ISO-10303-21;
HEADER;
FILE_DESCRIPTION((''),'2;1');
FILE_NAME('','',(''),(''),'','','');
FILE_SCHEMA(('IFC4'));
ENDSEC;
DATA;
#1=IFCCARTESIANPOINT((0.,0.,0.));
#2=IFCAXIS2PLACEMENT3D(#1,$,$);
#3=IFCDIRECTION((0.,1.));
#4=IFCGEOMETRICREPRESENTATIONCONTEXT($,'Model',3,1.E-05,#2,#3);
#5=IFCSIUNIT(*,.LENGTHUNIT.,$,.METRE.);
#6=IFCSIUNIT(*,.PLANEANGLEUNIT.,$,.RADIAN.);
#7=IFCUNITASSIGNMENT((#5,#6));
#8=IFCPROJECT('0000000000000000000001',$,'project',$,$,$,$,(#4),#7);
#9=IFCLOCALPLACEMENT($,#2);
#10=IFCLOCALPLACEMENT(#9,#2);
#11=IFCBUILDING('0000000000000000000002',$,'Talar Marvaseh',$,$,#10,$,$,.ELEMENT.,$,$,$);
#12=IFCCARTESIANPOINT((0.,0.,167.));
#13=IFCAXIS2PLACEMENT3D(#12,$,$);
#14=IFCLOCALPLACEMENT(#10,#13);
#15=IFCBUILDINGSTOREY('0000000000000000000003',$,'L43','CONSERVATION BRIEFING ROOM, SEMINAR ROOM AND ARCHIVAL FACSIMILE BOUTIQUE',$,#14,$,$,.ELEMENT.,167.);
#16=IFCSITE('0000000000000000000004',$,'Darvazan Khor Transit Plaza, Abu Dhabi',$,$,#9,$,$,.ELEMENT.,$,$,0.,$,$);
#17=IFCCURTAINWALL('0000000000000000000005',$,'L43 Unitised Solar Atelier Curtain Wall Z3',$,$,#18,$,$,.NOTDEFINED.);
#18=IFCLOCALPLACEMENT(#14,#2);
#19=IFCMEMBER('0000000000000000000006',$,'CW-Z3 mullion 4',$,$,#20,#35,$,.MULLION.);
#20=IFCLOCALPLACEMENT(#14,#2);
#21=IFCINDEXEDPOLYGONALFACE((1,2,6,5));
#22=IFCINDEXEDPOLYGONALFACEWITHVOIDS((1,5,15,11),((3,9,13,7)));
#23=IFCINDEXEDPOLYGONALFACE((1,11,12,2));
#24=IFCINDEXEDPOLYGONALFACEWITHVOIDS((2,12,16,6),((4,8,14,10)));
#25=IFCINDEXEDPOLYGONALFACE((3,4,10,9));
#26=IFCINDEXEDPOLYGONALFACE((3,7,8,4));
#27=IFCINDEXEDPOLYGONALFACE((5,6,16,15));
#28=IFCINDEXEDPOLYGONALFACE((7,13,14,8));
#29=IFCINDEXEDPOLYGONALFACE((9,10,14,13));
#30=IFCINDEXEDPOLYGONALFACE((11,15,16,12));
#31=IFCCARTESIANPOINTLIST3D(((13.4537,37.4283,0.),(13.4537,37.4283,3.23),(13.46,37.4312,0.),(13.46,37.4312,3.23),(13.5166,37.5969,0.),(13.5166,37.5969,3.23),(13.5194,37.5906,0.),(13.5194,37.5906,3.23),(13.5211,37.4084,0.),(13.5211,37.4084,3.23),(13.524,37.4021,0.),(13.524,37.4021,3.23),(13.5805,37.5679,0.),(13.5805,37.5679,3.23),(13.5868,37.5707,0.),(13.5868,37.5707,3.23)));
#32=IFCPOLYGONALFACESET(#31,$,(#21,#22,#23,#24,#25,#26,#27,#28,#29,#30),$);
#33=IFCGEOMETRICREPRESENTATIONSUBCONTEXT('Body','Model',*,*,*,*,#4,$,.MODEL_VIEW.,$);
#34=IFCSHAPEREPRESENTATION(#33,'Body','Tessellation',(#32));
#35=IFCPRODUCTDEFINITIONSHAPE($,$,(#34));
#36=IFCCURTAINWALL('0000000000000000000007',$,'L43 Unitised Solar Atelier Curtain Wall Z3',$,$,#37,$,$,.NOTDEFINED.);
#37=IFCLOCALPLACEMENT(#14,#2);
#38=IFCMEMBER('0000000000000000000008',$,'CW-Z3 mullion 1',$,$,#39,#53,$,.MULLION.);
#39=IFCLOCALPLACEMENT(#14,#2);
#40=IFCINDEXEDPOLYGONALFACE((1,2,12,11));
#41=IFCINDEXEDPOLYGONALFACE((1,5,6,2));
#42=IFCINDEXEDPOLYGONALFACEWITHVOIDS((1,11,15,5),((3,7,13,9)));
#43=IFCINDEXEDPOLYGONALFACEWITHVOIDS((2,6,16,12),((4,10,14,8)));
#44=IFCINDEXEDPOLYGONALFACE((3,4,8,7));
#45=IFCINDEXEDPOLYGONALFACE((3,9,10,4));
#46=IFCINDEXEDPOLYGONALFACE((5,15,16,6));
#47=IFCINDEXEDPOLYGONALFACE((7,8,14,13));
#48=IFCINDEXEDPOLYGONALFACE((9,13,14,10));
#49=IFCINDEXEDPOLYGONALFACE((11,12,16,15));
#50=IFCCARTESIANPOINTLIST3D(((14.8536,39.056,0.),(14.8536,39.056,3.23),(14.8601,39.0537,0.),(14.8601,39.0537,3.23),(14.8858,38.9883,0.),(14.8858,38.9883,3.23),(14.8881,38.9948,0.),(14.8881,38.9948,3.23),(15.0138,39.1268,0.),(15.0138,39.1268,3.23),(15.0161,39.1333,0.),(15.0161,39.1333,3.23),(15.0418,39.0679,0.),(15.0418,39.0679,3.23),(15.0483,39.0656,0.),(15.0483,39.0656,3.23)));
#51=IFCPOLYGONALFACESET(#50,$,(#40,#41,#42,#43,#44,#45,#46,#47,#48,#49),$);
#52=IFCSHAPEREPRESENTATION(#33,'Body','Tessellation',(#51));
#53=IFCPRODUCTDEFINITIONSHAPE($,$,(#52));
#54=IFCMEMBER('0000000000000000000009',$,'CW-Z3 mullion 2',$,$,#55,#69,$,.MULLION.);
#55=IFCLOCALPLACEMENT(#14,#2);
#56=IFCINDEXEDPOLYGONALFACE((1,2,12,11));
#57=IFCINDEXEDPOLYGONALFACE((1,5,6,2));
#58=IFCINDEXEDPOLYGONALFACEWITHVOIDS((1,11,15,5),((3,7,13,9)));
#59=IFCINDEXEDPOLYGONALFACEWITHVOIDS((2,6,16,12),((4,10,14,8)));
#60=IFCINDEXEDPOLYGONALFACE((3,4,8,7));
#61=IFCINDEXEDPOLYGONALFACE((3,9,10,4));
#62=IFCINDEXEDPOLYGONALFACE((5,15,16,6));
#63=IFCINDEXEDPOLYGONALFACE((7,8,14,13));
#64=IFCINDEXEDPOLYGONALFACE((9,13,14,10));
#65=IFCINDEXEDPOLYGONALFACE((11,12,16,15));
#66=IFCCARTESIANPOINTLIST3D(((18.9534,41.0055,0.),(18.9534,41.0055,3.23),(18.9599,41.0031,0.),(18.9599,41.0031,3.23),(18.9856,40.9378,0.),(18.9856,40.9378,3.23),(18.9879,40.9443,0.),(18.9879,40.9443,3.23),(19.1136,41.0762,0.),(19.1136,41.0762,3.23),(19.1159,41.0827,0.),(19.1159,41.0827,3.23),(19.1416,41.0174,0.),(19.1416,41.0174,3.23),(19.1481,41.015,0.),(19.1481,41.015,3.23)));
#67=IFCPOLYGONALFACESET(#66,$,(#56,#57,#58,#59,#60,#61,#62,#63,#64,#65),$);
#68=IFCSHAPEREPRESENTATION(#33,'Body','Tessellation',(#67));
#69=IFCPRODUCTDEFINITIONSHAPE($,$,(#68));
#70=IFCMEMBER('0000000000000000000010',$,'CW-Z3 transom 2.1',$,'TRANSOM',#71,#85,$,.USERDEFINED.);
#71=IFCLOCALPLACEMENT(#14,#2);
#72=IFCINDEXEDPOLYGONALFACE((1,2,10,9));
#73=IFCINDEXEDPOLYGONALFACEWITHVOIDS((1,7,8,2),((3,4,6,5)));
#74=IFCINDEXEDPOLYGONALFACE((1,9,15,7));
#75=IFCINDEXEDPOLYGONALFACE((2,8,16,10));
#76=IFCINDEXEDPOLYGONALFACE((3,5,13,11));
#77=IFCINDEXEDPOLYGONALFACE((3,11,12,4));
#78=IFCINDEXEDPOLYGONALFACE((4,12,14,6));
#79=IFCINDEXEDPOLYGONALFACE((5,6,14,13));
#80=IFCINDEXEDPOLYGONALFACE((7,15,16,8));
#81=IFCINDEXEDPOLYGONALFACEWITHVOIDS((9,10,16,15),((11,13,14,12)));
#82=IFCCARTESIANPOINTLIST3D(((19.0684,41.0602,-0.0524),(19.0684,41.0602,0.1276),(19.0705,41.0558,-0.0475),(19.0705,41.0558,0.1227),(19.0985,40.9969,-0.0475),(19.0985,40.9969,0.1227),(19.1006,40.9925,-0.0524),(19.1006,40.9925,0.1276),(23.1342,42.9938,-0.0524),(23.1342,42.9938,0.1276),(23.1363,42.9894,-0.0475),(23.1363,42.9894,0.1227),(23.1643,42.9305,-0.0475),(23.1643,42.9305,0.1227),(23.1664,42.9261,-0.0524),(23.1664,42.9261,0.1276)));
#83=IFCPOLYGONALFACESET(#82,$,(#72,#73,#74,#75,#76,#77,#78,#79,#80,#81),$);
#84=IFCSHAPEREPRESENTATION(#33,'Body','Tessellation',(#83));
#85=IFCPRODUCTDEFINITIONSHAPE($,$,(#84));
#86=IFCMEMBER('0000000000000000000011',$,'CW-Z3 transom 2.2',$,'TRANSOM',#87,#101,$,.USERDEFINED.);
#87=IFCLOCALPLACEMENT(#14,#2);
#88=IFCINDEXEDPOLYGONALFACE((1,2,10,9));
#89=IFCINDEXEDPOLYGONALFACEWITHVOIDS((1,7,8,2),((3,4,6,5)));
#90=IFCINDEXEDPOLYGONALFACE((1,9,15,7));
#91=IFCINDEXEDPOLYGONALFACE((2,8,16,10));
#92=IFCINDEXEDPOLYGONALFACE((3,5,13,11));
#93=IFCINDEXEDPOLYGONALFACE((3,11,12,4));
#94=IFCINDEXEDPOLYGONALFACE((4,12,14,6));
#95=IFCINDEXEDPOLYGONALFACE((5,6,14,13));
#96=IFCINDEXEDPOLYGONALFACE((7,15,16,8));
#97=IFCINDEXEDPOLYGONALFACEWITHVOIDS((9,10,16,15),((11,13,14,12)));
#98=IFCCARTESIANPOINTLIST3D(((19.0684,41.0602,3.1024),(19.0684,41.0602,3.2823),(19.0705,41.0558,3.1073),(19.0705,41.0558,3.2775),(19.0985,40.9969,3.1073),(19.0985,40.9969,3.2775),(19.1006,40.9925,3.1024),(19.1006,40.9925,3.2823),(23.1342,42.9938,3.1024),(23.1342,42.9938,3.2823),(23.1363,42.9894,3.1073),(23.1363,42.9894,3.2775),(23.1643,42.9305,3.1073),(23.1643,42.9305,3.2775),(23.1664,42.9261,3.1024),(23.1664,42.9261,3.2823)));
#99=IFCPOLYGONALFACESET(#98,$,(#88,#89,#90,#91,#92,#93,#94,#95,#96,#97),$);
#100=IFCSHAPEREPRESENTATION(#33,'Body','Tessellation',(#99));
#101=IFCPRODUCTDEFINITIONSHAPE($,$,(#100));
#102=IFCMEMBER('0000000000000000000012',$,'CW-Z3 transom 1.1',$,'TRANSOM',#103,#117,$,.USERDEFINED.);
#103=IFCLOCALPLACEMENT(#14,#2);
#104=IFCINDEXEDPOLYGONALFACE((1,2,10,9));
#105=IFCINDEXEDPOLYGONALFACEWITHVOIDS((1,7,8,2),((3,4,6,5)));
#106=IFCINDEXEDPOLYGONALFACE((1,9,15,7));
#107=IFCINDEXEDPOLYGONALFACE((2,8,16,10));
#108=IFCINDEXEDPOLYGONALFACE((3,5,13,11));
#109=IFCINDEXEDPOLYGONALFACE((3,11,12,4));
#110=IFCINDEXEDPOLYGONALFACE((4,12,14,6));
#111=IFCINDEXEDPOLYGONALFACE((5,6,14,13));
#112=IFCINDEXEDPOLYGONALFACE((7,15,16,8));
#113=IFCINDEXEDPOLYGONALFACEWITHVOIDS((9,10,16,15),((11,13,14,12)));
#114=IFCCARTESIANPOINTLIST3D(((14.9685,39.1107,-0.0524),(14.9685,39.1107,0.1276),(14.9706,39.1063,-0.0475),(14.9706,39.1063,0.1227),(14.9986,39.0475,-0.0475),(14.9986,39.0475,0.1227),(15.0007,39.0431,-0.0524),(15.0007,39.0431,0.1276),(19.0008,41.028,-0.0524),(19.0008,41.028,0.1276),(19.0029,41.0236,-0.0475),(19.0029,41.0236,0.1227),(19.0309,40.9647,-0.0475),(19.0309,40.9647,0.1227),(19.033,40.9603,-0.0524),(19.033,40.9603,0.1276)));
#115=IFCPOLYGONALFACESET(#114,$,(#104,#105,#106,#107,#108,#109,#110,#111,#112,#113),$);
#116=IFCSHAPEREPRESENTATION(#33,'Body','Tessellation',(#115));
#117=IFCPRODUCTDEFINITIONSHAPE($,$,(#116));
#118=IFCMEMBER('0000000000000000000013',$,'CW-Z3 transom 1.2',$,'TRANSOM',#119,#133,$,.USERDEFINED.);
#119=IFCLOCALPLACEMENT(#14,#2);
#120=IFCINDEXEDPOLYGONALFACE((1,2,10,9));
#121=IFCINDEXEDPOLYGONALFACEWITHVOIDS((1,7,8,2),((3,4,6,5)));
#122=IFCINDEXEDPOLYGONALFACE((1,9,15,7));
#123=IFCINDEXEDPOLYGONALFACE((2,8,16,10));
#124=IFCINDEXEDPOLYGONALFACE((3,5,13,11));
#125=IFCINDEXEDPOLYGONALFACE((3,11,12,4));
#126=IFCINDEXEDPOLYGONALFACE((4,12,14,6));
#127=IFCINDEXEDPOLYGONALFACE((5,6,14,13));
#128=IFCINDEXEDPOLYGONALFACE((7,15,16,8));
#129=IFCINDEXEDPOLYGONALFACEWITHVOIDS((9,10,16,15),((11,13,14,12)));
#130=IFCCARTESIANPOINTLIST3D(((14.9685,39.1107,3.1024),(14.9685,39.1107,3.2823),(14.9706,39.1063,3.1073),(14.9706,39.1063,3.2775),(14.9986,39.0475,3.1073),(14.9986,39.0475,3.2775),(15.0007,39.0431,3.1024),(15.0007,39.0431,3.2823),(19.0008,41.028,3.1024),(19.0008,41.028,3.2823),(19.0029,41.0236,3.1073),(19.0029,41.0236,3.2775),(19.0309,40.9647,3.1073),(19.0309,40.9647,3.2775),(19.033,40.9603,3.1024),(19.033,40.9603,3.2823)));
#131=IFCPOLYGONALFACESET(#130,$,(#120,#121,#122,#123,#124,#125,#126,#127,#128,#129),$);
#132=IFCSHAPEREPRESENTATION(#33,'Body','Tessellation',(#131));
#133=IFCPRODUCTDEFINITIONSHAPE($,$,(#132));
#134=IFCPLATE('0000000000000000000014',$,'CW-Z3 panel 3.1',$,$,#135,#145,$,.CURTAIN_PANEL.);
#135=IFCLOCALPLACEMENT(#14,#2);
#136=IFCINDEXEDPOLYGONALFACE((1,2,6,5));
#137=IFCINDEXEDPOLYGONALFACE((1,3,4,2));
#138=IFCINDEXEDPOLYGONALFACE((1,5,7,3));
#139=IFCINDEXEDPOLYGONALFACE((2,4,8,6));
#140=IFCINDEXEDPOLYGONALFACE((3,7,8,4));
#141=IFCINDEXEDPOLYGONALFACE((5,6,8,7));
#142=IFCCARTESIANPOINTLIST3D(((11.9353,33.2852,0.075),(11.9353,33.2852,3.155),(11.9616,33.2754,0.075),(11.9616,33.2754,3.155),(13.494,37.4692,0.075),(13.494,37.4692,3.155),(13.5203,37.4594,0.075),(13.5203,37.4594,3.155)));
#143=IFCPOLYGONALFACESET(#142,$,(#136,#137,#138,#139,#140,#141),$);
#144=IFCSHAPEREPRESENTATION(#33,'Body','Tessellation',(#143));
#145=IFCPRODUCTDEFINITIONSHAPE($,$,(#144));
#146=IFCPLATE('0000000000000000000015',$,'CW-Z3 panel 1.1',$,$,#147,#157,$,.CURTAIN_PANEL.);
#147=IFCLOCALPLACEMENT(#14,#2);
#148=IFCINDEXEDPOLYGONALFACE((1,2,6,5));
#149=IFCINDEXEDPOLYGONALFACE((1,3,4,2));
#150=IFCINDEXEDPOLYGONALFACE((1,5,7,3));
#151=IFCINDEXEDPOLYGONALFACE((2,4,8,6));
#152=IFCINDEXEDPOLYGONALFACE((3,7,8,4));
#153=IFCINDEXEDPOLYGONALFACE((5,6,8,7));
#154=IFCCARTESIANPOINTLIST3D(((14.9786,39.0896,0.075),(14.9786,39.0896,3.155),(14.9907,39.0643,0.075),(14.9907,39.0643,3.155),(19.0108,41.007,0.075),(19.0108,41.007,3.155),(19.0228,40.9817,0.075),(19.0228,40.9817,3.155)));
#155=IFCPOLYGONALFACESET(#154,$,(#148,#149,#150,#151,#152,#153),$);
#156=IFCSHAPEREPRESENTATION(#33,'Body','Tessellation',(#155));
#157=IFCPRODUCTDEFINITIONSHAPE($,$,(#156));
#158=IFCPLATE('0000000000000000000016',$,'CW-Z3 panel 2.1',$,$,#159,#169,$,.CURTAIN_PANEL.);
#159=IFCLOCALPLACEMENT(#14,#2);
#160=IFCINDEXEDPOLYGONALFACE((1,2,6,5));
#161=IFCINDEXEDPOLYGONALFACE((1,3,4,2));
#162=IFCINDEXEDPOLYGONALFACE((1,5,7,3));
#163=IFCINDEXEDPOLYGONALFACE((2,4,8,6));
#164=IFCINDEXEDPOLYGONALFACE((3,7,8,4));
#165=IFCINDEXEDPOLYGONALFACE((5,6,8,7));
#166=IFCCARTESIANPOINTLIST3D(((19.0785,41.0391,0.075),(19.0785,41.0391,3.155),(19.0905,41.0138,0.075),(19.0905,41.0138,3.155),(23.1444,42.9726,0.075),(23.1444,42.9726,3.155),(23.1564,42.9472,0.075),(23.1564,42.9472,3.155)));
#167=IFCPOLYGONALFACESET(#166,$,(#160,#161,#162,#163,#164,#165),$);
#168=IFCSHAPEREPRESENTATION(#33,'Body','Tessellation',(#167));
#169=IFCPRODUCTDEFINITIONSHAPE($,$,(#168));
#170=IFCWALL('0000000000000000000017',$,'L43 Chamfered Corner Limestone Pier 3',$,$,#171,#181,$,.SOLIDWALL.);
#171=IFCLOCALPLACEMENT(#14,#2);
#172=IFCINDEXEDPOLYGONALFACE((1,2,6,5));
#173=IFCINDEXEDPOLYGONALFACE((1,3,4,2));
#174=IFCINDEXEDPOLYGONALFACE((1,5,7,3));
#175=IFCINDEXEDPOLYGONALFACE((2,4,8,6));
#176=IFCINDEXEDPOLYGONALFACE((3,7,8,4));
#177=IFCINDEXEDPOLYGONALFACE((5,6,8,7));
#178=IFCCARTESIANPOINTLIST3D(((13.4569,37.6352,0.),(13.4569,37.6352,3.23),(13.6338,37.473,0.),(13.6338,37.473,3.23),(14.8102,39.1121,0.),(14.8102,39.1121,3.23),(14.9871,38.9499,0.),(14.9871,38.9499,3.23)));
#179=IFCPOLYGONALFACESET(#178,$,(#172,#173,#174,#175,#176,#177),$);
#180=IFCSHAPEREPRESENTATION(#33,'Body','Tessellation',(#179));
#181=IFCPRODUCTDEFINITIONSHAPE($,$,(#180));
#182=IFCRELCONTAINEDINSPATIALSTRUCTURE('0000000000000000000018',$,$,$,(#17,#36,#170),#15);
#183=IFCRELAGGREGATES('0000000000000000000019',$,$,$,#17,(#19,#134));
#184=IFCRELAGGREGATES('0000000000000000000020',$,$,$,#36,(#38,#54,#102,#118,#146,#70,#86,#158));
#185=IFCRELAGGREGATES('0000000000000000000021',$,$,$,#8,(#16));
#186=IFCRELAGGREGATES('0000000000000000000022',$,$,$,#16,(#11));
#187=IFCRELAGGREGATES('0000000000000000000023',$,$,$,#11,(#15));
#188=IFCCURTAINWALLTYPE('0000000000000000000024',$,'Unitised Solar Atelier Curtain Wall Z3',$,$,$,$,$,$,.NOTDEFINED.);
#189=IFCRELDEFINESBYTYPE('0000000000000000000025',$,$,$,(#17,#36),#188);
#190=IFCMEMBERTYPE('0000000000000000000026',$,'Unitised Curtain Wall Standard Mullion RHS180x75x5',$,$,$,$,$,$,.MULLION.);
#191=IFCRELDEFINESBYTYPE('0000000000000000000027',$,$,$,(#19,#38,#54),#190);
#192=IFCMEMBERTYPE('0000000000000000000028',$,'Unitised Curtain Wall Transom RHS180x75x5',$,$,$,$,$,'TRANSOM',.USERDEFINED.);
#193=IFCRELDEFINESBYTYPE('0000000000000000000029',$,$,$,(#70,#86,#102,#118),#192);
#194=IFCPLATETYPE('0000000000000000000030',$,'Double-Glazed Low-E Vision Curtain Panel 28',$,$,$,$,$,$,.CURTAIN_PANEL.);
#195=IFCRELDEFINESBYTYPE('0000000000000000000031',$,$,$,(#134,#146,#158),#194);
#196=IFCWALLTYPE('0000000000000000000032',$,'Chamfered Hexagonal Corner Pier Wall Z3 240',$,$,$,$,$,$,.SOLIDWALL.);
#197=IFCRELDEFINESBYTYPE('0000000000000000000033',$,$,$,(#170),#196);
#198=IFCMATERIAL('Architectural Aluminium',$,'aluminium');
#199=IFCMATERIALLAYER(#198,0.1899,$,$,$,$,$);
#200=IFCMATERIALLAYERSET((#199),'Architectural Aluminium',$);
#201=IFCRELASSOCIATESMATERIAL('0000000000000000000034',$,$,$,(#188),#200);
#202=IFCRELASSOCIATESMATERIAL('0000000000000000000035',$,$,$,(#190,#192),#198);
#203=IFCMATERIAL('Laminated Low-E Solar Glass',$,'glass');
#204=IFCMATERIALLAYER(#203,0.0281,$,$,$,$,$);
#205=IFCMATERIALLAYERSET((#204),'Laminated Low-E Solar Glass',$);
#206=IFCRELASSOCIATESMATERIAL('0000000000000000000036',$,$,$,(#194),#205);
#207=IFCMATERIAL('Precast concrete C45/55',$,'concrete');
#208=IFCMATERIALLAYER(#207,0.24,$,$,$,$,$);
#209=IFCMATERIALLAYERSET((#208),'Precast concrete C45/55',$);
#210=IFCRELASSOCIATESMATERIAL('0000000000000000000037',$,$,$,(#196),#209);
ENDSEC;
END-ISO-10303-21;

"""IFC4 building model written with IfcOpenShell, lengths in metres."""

from ifc_helpers import new_model, si_unit, direction, frame, frame_2d, origin, origin_2d, place, context, subcontext, project, spatial, rectangle, hollow_rectangle, extrude, source, transform, mapped, material, layer, layer_set, material_profile, profile_set, type_object, type_shapes, element, aggregate, save


model = new_model("IFC4")

# Units and contexts
model_context = context("Model", 3, precision=1e-05, world=origin(), true_north=direction((0.0, 1.0)))
body_context = subcontext(model_context, "Body", "Model", "MODEL_VIEW")
ifc_project = project(units=[si_unit("LENGTHUNIT", "METRE"), si_unit("PLANEANGLEUNIT", "RADIAN")], contexts=[model_context])

# Site, building, storey
site_placement = place(None, origin())
site = spatial("IfcSite", under=ifc_project, at=site_placement, Name="Darvazan Khor Transit Plaza, Abu Dhabi", CompositionType="ELEMENT", RefElevation=0.0)
building_placement = place(site_placement, origin())
building = spatial("IfcBuilding", under=site, at=building_placement, Name="Talar Marvaseh", CompositionType="ELEMENT")
storey_placement = place(building_placement, frame((0.0, 0.0, 167.0)))
storey = spatial("IfcBuildingStorey", under=building, at=storey_placement, Name="L43", Description="CONSERVATION BRIEFING ROOM, SEMINAR ROOM AND ARCHIVAL FACSIMILE BOUTIQUE", CompositionType="ELEMENT", Elevation=167.0)

# Curtain wall, member
ifc_material_1 = material(Name="Architectural Aluminium", Category="aluminium")
ifc_layer_1 = layer(ifc_material_1, 0.1899)
ifc_layer_set_1 = layer_set([ifc_layer_1], Name="Architectural Aluminium")
curtain_wall_type = type_object("IfcCurtainWallType", Name="Unitised Solar Atelier Curtain Wall Z3", PredefinedType="NOTDEFINED", material=ifc_layer_set_1)
curtain_wall_1_placement = place(storey_placement, origin())
curtain_wall_1 = element("IfcCurtainWall", 1, at=curtain_wall_1_placement, inside=storey, type_object=curtain_wall_type, Name="L43 Unitised Solar Atelier Curtain Wall Z3", PredefinedType="NOTDEFINED")
ifc_material_profile_1 = material_profile(ifc_material_1, hollow_rectangle(XDim=0.075, YDim=0.1799, WallThickness=0.0049, at=origin_2d()), Name="RHS180x75x5")
ifc_profile_set_1 = profile_set([ifc_material_profile_1], Name="Architectural Aluminium")
member_type_1 = type_object("IfcMemberType", Name="Unitised Curtain Wall Standard Mullion RHS180x75x5", PredefinedType="MULLION", material=ifc_profile_set_1)
shared_shape_1 = source(origin(), body_context, "Body", "SweptSolid", [
    extrude(hollow_rectangle(XDim=0.075, YDim=0.1799, WallThickness=0.0049, at=origin_2d()), origin(), (0.0, 0.0, 1.0), 3.23),
])
type_shapes(member_type_1, [shared_shape_1])
member_1_placement = place(storey_placement, frame((13.5203, 37.4995, 0.0), z_axis=(0.0, 0.0, 1.0), x_axis=(-0.937087, 0.349097, 0.0)))
member_1 = element("IfcMember", 2, at=member_1_placement, type_object=member_type_1, Name="CW-Z3 mullion 4", PredefinedType="MULLION", context=body_context, shape_type="MappedRepresentation", body=[
    mapped(shared_shape_1, transform((0.0, 0.0, 0.0), x_axis=(1.0, 0.0, 0.0), y_axis=(0.0, 1.0, 0.0), z_axis=(0.0, 0.0, 1.0), scale=1.0)),
])

# Curtain wall, members
curtain_wall_2_placement = place(storey_placement, origin())
curtain_wall_2 = element("IfcCurtainWall", 3, at=curtain_wall_2_placement, inside=storey, type_object=curtain_wall_type, Name="L43 Unitised Solar Atelier Curtain Wall Z3", PredefinedType="NOTDEFINED")
member_2_placement = place(storey_placement, frame((14.9509, 39.0608, 0.0), z_axis=(0.0, 0.0, 1.0), x_axis=(-0.429444, 0.903093, 0.0)))
member_2 = element("IfcMember", 4, at=member_2_placement, type_object=member_type_1, Name="CW-Z3 mullion 1", PredefinedType="MULLION", context=body_context, shape_type="MappedRepresentation", body=[
    mapped(shared_shape_1, transform((0.0, 0.0, 0.0), x_axis=(1.0, 0.0, 0.0), y_axis=(0.0, 1.0, 0.0), z_axis=(0.0, 0.0, 1.0), scale=1.0)),
])
member_3_placement = place(storey_placement, frame((19.0508, 41.0103, 0.0), z_axis=(0.0, 0.0, 1.0), x_axis=(-0.429444, 0.903093, 0.0)))
member_3 = element("IfcMember", 5, at=member_3_placement, type_object=member_type_1, Name="CW-Z3 mullion 2", PredefinedType="MULLION", context=body_context, shape_type="MappedRepresentation", body=[
    mapped(shared_shape_1, transform((0.0, 0.0, 0.0), x_axis=(1.0, 0.0, 0.0), y_axis=(0.0, 1.0, 0.0), z_axis=(0.0, 0.0, 1.0), scale=1.0)),
])
ifc_material_profile_2 = material_profile(ifc_material_1, hollow_rectangle(XDim=0.075, YDim=0.1799, WallThickness=0.0049, at=origin_2d()), Name="RHS180x75x5")
ifc_profile_set_2 = profile_set([ifc_material_profile_2], Name="Architectural Aluminium")
member_type_2 = type_object("IfcMemberType", Name="Unitised Curtain Wall Transom RHS180x75x5", ElementType="TRANSOM", PredefinedType="USERDEFINED", material=ifc_profile_set_2)
shared_shape_2 = source(origin(), body_context, "Body", "SweptSolid", [
    extrude(hollow_rectangle(XDim=0.075, YDim=0.1799, WallThickness=0.0049, at=origin_2d()), origin(), (0.0, 0.0, 1.0), 4.5022),
])
member_4_placement = place(storey_placement, frame((19.0845, 41.0264, 0.0376), z_axis=(0.903081, 0.42947, 0.0), x_axis=(-0.42947, 0.903081, 0.0)))
member_4 = element("IfcMember", 6, at=member_4_placement, type_object=member_type_2, Name="CW-Z3 transom 2.1", ObjectType="TRANSOM", PredefinedType="USERDEFINED", context=body_context, shape_type="MappedRepresentation", body=[
    mapped(shared_shape_2, transform((0.0, 0.0, 0.0), x_axis=(1.0, 0.0, 0.0), y_axis=(0.0, 1.0, 0.0), z_axis=(0.0, 0.0, 1.0), scale=1.0)),
])
member_5_placement = place(storey_placement, frame((19.0845, 41.0264, 3.1924), z_axis=(0.903081, 0.42947, 0.0), x_axis=(-0.42947, 0.903081, 0.0)))
member_5 = element("IfcMember", 7, at=member_5_placement, type_object=member_type_2, Name="CW-Z3 transom 2.2", ObjectType="TRANSOM", PredefinedType="USERDEFINED", context=body_context, shape_type="MappedRepresentation", body=[
    mapped(shared_shape_2, transform((0.0, 0.0, 0.0), x_axis=(1.0, 0.0, 0.0), y_axis=(0.0, 1.0, 0.0), z_axis=(0.0, 0.0, 1.0), scale=1.0)),
])
shared_shape_3 = source(origin(), body_context, "Body", "SweptSolid", [
    extrude(hollow_rectangle(XDim=0.075, YDim=0.1799, WallThickness=0.0049, at=origin_2d()), origin(), (0.0, 0.0, 1.0), 4.4648),
])
type_shapes(member_type_2, [shared_shape_2, shared_shape_3])
member_6_placement = place(storey_placement, frame((14.9846, 39.0769, 0.0376), z_axis=(0.90311, 0.429409, 0.0), x_axis=(-0.429409, 0.90311, 0.0)))
member_6 = element("IfcMember", 8, at=member_6_placement, type_object=member_type_2, Name="CW-Z3 transom 1.1", ObjectType="TRANSOM", PredefinedType="USERDEFINED", context=body_context, shape_type="MappedRepresentation", body=[
    mapped(shared_shape_3, transform((0.0, 0.0, 0.0), x_axis=(1.0, 0.0, 0.0), y_axis=(0.0, 1.0, 0.0), z_axis=(0.0, 0.0, 1.0), scale=1.0)),
])
member_7_placement = place(storey_placement, frame((14.9846, 39.0769, 3.1924), z_axis=(0.90311, 0.429409, 0.0), x_axis=(-0.429409, 0.90311, 0.0)))
member_7 = element("IfcMember", 9, at=member_7_placement, type_object=member_type_2, Name="CW-Z3 transom 1.2", ObjectType="TRANSOM", PredefinedType="USERDEFINED", context=body_context, shape_type="MappedRepresentation", body=[
    mapped(shared_shape_3, transform((0.0, 0.0, 0.0), x_axis=(1.0, 0.0, 0.0), y_axis=(0.0, 1.0, 0.0), z_axis=(0.0, 0.0, 1.0), scale=1.0)),
])

# Plates
ifc_material_2 = material(Name="Laminated Low-E Solar Glass", Category="glass")
ifc_layer_2 = layer(ifc_material_2, 0.0281)
ifc_layer_set_2 = layer_set([ifc_layer_2], Name="Laminated Low-E Solar Glass")
plate_type = type_object("IfcPlateType", Name="Double-Glazed Low-E Vision Curtain Panel 28", PredefinedType="CURTAIN_PANEL", material=ifc_layer_set_2)
shared_shape_4 = source(origin(), body_context, "Body", "SweptSolid", [
    extrude(rectangle(XDim=4.4648, YDim=0.0281, at=origin_2d()), origin(), (0.0, 0.0, 1.0), 3.0801),
])
plate_1_placement = place(storey_placement, frame((12.7278, 35.3723, 0.075), z_axis=(0.0, 0.0, 1.0), x_axis=(0.349097, 0.937087, 0.0)))
plate_1 = element("IfcPlate", 10, at=plate_1_placement, type_object=plate_type, Name="CW-Z3 panel 3.1", PredefinedType="CURTAIN_PANEL", context=body_context, shape_type="MappedRepresentation", body=[
    mapped(shared_shape_4, transform((0.0, 0.0, 0.0), x_axis=(1.0, 0.0, 0.0), y_axis=(0.0, 1.0, 0.0), z_axis=(0.0, 0.0, 1.0), scale=1.0)),
])
aggregate(curtain_wall_1, [member_1, plate_1])
plate_2_placement = place(storey_placement, frame((17.0007, 40.0356, 0.075), z_axis=(0.0, 0.0, 1.0), x_axis=(0.903093, 0.429444, 0.0)))
plate_2 = element("IfcPlate", 11, at=plate_2_placement, type_object=plate_type, Name="CW-Z3 panel 1.1", PredefinedType="CURTAIN_PANEL", context=body_context, shape_type="MappedRepresentation", body=[
    mapped(shared_shape_4, transform((0.0, 0.0, 0.0), x_axis=(1.0, 0.0, 0.0), y_axis=(0.0, 1.0, 0.0), z_axis=(0.0, 0.0, 1.0), scale=1.0)),
])
shared_shape_5 = source(origin(), body_context, "Body", "SweptSolid", [
    extrude(rectangle(XDim=4.5022, YDim=0.0281, at=origin_2d()), origin(), (0.0, 0.0, 1.0), 3.0801),
])
type_shapes(plate_type, [shared_shape_4, shared_shape_5])
plate_3_placement = place(storey_placement, frame((21.1174, 41.9932, 0.075), z_axis=(0.0, 0.0, 1.0), x_axis=(0.903093, 0.429444, 0.0)))
plate_3 = element("IfcPlate", 12, at=plate_3_placement, type_object=plate_type, Name="CW-Z3 panel 2.1", PredefinedType="CURTAIN_PANEL", context=body_context, shape_type="MappedRepresentation", body=[
    mapped(shared_shape_5, transform((0.0, 0.0, 0.0), x_axis=(1.0, 0.0, 0.0), y_axis=(0.0, 1.0, 0.0), z_axis=(0.0, 0.0, 1.0), scale=1.0)),
])
aggregate(curtain_wall_2, [member_2, member_3, member_6, member_7, plate_2, member_4, member_5, plate_3])

# Wall
ifc_material_3 = material(Name="Precast concrete C45/55", Category="concrete")
ifc_layer_3 = layer(ifc_material_3, 0.24)
ifc_layer_set_3 = layer_set([ifc_layer_3], Name="Precast concrete C45/55")
wall_type_1 = type_object("IfcWallType", Name="Chamfered Hexagonal Corner Pier Wall Z3 240", PredefinedType="SOLIDWALL", material=ifc_layer_set_3)
wall_1_placement = place(storey_placement, frame((13.5454, 37.5542, 0.0), z_axis=(0.0, 0.0, 1.0), x_axis=(0.675598, 0.73727, 0.0)))
element("IfcWall", 13, at=wall_1_placement, inside=storey, type_object=wall_type_1, Name="L43 Chamfered Corner Limestone Pier 3", PredefinedType="SOLIDWALL", context=body_context, shape_type="SweptSolid", body=[
    extrude(rectangle(XDim=2.0032, YDim=0.24, at=frame_2d((1.0015, 0.0))), origin(), (0.0, 0.0, 1.0), 3.23),
])

save(model, "model.ifc")
